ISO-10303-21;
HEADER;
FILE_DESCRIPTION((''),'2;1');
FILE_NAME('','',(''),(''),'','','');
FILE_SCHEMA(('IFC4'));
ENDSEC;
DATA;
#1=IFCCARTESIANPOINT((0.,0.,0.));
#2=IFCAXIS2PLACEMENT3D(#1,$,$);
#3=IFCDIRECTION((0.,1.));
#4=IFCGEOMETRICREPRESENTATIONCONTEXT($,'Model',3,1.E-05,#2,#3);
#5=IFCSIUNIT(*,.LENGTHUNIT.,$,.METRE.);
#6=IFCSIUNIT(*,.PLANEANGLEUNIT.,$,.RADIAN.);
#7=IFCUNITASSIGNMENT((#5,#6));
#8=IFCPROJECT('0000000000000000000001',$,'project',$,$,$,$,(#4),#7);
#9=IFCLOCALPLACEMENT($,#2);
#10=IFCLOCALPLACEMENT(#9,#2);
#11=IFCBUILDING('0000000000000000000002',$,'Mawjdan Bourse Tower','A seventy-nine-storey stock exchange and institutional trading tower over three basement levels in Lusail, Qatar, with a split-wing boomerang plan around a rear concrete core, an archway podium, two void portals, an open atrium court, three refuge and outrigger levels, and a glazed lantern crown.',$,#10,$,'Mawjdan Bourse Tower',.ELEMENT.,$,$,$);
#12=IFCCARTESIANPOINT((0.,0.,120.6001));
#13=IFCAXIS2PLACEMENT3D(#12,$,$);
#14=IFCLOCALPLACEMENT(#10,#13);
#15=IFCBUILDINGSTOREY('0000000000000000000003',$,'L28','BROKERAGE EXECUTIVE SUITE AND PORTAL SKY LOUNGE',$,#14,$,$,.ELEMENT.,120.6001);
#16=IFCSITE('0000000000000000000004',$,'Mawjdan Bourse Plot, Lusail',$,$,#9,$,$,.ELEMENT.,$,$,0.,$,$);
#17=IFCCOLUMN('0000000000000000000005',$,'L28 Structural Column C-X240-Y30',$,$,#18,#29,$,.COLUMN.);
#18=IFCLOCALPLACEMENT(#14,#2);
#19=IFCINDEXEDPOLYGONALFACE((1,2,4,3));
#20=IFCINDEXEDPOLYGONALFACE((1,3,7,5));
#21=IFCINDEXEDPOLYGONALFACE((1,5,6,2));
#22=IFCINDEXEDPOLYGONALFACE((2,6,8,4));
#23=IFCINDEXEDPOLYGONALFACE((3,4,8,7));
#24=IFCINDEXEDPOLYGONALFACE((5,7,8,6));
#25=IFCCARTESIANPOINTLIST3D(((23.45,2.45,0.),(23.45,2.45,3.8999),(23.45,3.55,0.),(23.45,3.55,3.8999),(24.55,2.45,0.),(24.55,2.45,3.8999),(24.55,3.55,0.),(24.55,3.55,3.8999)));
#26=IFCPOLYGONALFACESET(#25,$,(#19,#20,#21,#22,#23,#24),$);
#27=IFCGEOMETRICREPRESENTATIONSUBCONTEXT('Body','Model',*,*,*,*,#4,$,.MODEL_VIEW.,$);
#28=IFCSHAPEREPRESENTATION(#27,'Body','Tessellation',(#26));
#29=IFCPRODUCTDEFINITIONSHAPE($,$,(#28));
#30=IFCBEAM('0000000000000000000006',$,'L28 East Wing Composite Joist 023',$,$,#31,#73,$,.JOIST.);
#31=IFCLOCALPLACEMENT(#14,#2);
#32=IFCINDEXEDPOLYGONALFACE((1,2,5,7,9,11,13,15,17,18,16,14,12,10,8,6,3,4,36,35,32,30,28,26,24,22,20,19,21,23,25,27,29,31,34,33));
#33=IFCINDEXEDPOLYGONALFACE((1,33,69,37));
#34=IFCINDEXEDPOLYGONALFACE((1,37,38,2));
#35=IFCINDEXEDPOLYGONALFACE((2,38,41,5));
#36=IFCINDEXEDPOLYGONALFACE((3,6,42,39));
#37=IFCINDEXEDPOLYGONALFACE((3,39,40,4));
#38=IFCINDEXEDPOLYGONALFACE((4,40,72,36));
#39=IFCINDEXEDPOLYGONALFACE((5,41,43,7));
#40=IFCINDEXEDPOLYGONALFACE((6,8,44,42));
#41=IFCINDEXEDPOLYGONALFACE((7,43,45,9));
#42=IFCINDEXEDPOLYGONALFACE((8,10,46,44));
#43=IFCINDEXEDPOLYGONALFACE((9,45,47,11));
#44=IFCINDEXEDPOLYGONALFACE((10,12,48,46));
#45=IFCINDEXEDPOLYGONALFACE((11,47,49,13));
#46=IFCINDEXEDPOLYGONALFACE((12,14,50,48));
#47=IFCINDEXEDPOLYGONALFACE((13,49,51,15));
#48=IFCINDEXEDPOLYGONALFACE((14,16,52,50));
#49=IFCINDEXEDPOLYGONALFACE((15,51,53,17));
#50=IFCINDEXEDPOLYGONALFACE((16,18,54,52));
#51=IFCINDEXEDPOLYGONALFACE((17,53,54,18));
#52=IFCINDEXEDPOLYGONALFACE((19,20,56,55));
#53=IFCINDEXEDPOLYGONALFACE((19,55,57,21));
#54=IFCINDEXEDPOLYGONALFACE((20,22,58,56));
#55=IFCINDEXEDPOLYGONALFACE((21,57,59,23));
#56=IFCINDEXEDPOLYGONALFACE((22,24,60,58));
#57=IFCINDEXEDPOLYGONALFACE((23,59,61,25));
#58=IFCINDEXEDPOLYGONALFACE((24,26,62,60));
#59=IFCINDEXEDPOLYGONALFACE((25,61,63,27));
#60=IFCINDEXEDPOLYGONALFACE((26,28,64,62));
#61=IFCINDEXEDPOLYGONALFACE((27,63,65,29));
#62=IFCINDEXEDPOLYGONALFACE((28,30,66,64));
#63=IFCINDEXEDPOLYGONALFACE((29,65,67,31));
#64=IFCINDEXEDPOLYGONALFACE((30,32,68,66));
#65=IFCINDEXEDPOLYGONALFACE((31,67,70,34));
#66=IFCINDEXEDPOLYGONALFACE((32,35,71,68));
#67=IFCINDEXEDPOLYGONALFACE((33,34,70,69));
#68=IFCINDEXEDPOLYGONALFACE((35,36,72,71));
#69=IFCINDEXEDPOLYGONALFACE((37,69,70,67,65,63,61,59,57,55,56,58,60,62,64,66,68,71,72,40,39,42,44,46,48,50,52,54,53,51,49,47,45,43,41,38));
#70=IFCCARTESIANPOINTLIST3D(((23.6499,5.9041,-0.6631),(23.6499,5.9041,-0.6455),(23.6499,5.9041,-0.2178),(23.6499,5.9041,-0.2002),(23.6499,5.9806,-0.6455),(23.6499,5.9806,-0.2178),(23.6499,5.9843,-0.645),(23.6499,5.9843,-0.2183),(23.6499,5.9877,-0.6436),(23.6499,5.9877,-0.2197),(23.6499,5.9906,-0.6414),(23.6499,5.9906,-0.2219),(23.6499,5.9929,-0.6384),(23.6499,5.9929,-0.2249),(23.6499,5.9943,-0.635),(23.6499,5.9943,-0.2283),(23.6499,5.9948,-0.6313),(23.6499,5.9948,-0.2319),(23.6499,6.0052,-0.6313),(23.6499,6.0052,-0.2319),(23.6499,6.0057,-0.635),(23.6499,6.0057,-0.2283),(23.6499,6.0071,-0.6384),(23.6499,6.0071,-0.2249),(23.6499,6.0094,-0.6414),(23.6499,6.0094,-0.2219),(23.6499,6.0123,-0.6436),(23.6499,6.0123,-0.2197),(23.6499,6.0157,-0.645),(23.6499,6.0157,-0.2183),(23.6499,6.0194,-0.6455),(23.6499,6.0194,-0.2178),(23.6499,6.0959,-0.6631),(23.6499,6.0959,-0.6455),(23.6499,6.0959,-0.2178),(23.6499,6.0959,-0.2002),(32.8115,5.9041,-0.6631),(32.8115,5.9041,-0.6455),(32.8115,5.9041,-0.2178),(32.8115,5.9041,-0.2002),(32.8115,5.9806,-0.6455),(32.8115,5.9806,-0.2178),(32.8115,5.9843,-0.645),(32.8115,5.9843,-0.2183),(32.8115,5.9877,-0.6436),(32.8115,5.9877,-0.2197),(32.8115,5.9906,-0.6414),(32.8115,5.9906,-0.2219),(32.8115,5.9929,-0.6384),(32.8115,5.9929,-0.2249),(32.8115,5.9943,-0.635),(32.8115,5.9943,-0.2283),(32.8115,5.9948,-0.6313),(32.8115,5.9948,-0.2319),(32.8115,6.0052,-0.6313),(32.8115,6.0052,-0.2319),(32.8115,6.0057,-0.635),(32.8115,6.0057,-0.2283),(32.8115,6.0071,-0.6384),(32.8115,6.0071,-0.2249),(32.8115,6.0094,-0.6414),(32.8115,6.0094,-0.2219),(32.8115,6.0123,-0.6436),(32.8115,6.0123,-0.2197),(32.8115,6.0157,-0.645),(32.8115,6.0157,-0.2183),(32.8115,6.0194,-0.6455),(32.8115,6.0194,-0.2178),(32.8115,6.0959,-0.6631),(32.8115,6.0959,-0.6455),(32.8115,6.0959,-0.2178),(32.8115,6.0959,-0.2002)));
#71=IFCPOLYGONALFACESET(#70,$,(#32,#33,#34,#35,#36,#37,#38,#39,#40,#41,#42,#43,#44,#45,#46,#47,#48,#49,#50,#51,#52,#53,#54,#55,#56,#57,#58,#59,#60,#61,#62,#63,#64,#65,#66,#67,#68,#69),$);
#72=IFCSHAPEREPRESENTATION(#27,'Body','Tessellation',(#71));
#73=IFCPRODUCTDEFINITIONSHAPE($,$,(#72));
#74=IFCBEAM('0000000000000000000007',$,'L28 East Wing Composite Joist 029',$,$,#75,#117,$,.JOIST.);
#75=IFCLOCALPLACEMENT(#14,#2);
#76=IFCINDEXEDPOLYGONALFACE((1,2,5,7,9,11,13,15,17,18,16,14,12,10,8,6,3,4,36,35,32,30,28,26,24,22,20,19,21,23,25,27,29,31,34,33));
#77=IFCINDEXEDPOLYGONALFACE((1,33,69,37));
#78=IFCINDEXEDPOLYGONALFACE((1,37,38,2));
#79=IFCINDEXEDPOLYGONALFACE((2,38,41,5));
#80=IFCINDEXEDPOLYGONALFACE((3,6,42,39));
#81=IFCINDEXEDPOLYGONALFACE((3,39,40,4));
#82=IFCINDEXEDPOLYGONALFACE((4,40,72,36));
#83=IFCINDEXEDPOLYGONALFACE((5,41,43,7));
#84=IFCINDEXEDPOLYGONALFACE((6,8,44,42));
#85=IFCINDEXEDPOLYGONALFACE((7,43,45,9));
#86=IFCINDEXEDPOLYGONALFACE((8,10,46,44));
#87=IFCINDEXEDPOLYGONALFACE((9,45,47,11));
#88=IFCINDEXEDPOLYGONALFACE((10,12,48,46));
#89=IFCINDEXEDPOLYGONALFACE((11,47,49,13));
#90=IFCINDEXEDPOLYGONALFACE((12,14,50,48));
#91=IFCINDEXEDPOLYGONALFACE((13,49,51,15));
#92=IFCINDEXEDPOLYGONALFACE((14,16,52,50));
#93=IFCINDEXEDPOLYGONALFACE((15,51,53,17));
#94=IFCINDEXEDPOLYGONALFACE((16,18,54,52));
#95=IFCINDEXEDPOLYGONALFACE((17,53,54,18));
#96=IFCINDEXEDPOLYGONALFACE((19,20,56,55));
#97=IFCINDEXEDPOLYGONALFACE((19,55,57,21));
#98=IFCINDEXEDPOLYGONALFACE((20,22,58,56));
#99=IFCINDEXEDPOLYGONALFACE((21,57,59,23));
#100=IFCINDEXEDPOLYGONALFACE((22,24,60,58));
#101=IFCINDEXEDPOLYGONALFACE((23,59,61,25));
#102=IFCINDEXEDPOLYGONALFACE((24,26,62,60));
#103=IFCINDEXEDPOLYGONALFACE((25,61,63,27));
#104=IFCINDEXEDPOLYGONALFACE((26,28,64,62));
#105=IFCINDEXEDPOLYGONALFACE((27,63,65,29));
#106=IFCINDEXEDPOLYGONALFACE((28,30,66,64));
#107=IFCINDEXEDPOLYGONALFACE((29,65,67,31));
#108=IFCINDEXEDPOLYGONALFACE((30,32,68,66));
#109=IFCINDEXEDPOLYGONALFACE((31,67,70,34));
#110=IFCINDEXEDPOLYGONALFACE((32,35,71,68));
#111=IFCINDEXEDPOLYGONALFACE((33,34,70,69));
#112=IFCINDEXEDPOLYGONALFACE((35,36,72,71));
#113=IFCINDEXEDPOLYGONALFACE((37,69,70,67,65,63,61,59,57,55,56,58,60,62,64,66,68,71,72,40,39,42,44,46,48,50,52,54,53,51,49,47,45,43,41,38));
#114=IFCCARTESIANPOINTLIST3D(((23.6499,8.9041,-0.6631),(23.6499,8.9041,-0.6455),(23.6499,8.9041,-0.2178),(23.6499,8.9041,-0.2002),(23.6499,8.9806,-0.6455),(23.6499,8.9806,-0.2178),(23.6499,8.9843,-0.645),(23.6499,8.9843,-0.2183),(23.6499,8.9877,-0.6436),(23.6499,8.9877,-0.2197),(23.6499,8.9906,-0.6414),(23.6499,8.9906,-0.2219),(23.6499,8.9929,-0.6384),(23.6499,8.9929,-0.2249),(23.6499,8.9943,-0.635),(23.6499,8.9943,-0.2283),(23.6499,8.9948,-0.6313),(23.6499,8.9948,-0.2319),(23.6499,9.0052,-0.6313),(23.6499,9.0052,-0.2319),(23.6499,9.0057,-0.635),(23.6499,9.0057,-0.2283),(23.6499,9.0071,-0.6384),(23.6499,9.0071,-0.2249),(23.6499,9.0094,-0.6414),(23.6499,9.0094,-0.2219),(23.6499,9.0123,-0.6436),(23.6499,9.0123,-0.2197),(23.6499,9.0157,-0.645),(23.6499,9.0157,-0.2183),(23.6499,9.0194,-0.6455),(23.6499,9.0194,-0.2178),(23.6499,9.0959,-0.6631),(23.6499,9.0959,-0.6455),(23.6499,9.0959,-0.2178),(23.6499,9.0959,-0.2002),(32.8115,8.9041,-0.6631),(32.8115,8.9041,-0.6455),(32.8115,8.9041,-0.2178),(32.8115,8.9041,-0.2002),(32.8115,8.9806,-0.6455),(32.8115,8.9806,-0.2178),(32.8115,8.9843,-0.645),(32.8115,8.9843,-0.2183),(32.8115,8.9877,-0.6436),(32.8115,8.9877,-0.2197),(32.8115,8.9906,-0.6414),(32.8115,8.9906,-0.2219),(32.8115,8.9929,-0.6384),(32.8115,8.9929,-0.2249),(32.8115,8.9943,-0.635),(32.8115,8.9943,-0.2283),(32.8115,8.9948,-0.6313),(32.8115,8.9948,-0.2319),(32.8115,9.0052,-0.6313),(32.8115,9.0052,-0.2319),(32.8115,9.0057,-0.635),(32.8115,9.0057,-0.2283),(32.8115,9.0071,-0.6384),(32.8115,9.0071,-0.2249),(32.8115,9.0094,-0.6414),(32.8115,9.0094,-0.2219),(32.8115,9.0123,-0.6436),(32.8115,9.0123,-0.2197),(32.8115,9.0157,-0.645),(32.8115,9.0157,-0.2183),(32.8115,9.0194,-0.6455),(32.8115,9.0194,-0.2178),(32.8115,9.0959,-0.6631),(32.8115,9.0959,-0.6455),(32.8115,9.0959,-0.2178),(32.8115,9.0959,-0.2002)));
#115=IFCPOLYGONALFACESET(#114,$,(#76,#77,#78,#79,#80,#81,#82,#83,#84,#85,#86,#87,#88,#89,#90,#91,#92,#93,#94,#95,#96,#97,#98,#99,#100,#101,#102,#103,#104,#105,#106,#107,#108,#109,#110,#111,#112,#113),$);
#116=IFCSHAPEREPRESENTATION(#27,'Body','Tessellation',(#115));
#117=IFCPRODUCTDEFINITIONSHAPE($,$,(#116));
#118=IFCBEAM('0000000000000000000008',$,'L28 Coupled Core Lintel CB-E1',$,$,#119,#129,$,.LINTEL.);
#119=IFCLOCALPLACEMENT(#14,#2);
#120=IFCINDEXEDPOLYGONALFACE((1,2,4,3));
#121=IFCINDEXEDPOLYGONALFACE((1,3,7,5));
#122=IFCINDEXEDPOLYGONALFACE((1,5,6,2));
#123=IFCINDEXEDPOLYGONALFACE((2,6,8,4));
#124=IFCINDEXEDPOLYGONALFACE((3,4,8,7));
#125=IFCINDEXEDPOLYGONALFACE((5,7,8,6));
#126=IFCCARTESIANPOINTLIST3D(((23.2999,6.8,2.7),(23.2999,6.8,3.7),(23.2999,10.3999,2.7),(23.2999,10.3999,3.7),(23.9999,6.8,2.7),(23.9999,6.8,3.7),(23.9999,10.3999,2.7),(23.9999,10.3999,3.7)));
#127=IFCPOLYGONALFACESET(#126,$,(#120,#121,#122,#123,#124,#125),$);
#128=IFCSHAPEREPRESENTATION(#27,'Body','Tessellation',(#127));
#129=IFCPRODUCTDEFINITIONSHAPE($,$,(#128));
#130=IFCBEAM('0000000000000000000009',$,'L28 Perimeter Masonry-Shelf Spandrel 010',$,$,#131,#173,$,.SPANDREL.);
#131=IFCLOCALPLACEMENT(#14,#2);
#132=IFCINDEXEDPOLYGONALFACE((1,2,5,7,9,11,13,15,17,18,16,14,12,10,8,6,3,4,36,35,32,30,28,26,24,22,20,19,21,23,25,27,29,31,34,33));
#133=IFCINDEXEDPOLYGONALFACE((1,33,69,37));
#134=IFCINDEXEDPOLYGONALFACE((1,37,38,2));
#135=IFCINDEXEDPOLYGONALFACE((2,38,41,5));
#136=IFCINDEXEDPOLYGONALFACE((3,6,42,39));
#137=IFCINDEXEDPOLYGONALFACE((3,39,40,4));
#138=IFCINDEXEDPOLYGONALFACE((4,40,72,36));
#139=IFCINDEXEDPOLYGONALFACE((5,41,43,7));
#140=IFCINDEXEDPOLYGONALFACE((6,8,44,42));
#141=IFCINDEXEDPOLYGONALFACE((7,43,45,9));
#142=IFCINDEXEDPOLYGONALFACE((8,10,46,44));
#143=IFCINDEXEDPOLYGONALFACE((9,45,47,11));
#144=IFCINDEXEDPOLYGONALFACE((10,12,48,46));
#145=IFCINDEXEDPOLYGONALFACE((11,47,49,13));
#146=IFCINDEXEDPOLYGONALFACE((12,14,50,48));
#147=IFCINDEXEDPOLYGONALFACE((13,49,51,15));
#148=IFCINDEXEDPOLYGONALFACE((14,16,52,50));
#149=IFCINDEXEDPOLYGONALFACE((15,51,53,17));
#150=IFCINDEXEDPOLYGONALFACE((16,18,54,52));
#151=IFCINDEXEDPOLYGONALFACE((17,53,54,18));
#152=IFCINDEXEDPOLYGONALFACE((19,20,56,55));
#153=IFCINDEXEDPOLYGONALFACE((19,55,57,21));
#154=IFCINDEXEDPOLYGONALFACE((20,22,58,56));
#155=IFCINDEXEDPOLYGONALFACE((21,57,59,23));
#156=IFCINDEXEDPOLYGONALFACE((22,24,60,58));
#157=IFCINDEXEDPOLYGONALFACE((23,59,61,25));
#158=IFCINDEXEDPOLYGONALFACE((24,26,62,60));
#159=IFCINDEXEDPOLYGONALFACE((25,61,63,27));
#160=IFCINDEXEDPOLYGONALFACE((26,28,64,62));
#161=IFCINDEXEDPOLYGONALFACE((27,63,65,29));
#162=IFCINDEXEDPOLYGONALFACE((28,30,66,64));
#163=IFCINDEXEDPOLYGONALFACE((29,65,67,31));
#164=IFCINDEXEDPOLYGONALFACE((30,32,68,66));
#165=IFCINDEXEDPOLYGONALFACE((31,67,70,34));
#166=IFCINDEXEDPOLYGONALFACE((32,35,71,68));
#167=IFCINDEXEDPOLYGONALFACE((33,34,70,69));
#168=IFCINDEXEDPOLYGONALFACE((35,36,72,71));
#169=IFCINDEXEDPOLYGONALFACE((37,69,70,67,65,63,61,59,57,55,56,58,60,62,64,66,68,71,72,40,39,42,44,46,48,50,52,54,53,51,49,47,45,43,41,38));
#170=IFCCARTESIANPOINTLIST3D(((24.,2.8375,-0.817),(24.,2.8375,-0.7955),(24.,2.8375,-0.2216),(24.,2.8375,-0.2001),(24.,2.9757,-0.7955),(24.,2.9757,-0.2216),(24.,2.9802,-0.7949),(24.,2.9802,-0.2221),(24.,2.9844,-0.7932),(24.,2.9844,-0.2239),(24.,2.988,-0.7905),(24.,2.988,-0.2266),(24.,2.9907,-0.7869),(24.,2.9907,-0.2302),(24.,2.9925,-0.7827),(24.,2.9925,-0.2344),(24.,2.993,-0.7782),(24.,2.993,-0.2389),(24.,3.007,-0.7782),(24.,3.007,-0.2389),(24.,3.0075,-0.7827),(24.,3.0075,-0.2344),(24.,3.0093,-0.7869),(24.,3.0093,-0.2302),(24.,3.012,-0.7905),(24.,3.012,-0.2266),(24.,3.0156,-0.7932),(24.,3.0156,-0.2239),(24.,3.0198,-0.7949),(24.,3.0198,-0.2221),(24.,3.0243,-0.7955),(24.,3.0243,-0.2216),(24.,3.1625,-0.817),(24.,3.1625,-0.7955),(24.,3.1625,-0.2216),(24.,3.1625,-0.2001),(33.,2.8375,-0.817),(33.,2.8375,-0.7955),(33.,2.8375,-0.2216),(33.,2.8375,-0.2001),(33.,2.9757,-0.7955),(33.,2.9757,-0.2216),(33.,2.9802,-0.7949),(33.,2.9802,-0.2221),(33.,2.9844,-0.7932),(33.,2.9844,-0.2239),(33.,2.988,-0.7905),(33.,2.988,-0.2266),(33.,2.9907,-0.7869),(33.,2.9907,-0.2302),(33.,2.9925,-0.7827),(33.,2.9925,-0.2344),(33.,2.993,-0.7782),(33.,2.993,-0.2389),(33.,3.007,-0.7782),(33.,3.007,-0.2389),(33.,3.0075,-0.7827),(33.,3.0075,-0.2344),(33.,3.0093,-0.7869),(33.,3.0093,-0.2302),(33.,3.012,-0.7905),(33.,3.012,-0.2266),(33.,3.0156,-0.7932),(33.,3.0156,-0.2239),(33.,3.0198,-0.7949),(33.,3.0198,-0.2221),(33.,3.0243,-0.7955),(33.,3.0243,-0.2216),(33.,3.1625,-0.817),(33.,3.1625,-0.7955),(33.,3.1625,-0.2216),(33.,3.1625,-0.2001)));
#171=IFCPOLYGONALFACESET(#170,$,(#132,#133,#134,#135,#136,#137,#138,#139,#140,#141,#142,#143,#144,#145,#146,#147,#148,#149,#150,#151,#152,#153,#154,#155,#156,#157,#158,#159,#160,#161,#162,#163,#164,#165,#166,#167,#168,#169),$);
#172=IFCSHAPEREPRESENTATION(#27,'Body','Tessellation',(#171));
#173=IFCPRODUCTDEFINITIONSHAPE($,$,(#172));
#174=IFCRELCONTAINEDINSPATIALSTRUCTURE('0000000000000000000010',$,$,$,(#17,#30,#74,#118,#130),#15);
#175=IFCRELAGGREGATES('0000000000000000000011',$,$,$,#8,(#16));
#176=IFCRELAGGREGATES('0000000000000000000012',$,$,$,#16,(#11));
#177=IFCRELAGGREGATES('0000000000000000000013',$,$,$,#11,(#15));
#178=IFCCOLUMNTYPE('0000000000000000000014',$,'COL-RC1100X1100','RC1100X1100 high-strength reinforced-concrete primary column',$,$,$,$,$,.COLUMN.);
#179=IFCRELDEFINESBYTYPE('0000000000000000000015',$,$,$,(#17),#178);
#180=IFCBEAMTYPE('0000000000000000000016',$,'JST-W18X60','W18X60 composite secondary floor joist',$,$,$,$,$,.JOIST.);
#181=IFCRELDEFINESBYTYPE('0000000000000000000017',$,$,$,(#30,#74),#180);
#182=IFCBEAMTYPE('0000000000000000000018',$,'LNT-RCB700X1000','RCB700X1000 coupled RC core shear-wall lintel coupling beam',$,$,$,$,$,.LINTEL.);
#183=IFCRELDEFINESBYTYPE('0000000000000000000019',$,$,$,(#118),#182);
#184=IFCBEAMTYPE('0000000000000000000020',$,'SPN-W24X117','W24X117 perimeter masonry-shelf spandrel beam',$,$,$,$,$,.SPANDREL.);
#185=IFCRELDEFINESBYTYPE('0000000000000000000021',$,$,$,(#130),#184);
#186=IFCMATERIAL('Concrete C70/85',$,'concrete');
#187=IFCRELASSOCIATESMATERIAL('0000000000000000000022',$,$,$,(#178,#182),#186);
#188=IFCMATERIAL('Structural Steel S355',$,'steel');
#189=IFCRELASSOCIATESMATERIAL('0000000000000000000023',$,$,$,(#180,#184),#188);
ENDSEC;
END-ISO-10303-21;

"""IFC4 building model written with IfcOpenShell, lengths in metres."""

from ifc_helpers import new_model, si_unit, direction, frame, origin, origin_2d, place, context, subcontext, project, spatial, rectangle, i_section, extrude, material, material_profile, profile_set, type_object, element, save


model = new_model("IFC4")

# Units and contexts
model_context = context("Model", 3, precision=1e-05, world=origin(), true_north=direction((0.0, 1.0)))
body_context = subcontext(model_context, "Body", "Model", "MODEL_VIEW")
ifc_project = project(units=[si_unit("LENGTHUNIT", "METRE"), si_unit("PLANEANGLEUNIT", "RADIAN")], contexts=[model_context])

# Site, building, storey
site_placement = place(None, origin())
site = spatial("IfcSite", under=ifc_project, at=site_placement, Name="Mawjdan Bourse Plot, Lusail", CompositionType="ELEMENT", RefElevation=0.0)
building_placement = place(site_placement, origin())
building = spatial("IfcBuilding", under=site, at=building_placement, Name="Mawjdan Bourse Tower", Description="A seventy-nine-storey stock exchange and institutional trading tower over three basement levels in Lusail, Qatar, with a split-wing boomerang plan around a rear concrete core, an archway podium, two void portals, an open atrium court, three refuge and outrigger levels, and a glazed lantern crown.", LongName="Mawjdan Bourse Tower", CompositionType="ELEMENT")
storey_placement = place(building_placement, frame((0.0, 0.0, 120.6001)))
storey = spatial("IfcBuildingStorey", under=building, at=storey_placement, Name="L28", Description="BROKERAGE EXECUTIVE SUITE AND PORTAL SKY LOUNGE", CompositionType="ELEMENT", Elevation=120.6001)

# Column
ifc_material_1 = material(Name="Concrete C70/85", Category="concrete")
ifc_material_profile_1 = material_profile(ifc_material_1, rectangle(XDim=1.1001, YDim=1.1001, at=origin_2d()), Name="RC1100X1100")
ifc_profile_set_1 = profile_set([ifc_material_profile_1], Name="Concrete C70/85")
column_type = type_object("IfcColumnType", Name="COL-RC1100X1100", Description="RC1100X1100 high-strength reinforced-concrete primary column", PredefinedType="COLUMN", material=ifc_profile_set_1)
column_placement = place(storey_placement, frame((24.0, 3.0, 0.0), z_axis=(0.0, 0.0, 1.0), x_axis=(1.0, 0.0, 0.0)))
element("IfcColumn", 1, at=column_placement, inside=storey, type_object=column_type, Name="L28 Structural Column C-X240-Y30", PredefinedType="COLUMN", context=body_context, shape_type="SweptSolid", body=[
    extrude(rectangle(XDim=1.1001, YDim=1.1001, at=origin_2d()), origin(), (0.0, 0.0, 1.0), 3.8999),
])

# Beams
ifc_material_2 = material(Name="Structural Steel S355", Category="steel")
ifc_material_profile_2 = material_profile(ifc_material_2, i_section(OverallWidth=0.1919, OverallDepth=0.4629, WebThickness=0.0105, FlangeThickness=0.0176, FilletRadius=0.0142, at=origin_2d()), Name="W18X60")
ifc_profile_set_2 = profile_set([ifc_material_profile_2], Name="Structural Steel S355")
beam_type_1 = type_object("IfcBeamType", Name="JST-W18X60", Description="W18X60 composite secondary floor joist", PredefinedType="JOIST", material=ifc_profile_set_2)
for number, where, z_axis, x_axis, name in (
    (2, (23.6499, 6.0, -0.4316), (1.0, 0.0, 0.0), (0.0, 1.0, 0.0), "L28 East Wing Composite Joist 023"),
    (3, (23.6499, 9.0, -0.4316), (1.0, 0.0, 0.0), (0.0, 1.0, 0.0), "L28 East Wing Composite Joist 029"),
):
    element("IfcBeam", number, at=place(storey_placement, frame(where, z_axis=z_axis, x_axis=x_axis)), inside=storey, type_object=beam_type_1, Name=name, PredefinedType="JOIST", context=body_context, shape_type="SweptSolid", body=[
        extrude(i_section(OverallWidth=0.1919, OverallDepth=0.4629, WebThickness=0.0105, FlangeThickness=0.0176, FilletRadius=0.0142, at=origin_2d()), origin(), (0.0, 0.0, 1.0), 9.1616),
    ])
ifc_material_profile_3 = material_profile(ifc_material_1, rectangle(XDim=0.7, YDim=1.0, at=origin_2d()), Name="RCB700X1000")
ifc_profile_set_3 = profile_set([ifc_material_profile_3], Name="Concrete C70/85")
beam_type_2 = type_object("IfcBeamType", Name="LNT-RCB700X1000", Description="RCB700X1000 coupled RC core shear-wall lintel coupling beam", PredefinedType="LINTEL", material=ifc_profile_set_3)
beam_1_placement = place(storey_placement, frame((23.6499, 6.8, 3.2), z_axis=(0.0, 1.0, 0.0), x_axis=(-1.0, 0.0, 0.0)))
element("IfcBeam", 4, at=beam_1_placement, inside=storey, type_object=beam_type_2, Name="L28 Coupled Core Lintel CB-E1", PredefinedType="LINTEL", context=body_context, shape_type="SweptSolid", body=[
    extrude(rectangle(XDim=0.7, YDim=1.0, at=origin_2d()), origin(), (0.0, 0.0, 1.0), 3.5999),
])
ifc_material_profile_4 = material_profile(ifc_material_2, i_section(OverallWidth=0.325, OverallDepth=0.6169, WebThickness=0.0139, FlangeThickness=0.0215, FilletRadius=0.0173, at=origin_2d()), Name="W24X117")
ifc_profile_set_4 = profile_set([ifc_material_profile_4], Name="Structural Steel S355")
beam_type_3 = type_object("IfcBeamType", Name="SPN-W24X117", Description="W24X117 perimeter masonry-shelf spandrel beam", PredefinedType="SPANDREL", material=ifc_profile_set_4)
beam_2_placement = place(storey_placement, frame((24.0, 3.0, -0.5085), z_axis=(1.0, 0.0, 0.0), x_axis=(0.0, 1.0, 0.0)))
element("IfcBeam", 5, at=beam_2_placement, inside=storey, type_object=beam_type_3, Name="L28 Perimeter Masonry-Shelf Spandrel 010", PredefinedType="SPANDREL", context=body_context, shape_type="SweptSolid", body=[
    extrude(i_section(OverallWidth=0.325, OverallDepth=0.6169, WebThickness=0.0139, FlangeThickness=0.0215, FilletRadius=0.0173, at=origin_2d()), origin(), (0.0, 0.0, 1.0), 9.0),
])

save(model, "model.ifc")
